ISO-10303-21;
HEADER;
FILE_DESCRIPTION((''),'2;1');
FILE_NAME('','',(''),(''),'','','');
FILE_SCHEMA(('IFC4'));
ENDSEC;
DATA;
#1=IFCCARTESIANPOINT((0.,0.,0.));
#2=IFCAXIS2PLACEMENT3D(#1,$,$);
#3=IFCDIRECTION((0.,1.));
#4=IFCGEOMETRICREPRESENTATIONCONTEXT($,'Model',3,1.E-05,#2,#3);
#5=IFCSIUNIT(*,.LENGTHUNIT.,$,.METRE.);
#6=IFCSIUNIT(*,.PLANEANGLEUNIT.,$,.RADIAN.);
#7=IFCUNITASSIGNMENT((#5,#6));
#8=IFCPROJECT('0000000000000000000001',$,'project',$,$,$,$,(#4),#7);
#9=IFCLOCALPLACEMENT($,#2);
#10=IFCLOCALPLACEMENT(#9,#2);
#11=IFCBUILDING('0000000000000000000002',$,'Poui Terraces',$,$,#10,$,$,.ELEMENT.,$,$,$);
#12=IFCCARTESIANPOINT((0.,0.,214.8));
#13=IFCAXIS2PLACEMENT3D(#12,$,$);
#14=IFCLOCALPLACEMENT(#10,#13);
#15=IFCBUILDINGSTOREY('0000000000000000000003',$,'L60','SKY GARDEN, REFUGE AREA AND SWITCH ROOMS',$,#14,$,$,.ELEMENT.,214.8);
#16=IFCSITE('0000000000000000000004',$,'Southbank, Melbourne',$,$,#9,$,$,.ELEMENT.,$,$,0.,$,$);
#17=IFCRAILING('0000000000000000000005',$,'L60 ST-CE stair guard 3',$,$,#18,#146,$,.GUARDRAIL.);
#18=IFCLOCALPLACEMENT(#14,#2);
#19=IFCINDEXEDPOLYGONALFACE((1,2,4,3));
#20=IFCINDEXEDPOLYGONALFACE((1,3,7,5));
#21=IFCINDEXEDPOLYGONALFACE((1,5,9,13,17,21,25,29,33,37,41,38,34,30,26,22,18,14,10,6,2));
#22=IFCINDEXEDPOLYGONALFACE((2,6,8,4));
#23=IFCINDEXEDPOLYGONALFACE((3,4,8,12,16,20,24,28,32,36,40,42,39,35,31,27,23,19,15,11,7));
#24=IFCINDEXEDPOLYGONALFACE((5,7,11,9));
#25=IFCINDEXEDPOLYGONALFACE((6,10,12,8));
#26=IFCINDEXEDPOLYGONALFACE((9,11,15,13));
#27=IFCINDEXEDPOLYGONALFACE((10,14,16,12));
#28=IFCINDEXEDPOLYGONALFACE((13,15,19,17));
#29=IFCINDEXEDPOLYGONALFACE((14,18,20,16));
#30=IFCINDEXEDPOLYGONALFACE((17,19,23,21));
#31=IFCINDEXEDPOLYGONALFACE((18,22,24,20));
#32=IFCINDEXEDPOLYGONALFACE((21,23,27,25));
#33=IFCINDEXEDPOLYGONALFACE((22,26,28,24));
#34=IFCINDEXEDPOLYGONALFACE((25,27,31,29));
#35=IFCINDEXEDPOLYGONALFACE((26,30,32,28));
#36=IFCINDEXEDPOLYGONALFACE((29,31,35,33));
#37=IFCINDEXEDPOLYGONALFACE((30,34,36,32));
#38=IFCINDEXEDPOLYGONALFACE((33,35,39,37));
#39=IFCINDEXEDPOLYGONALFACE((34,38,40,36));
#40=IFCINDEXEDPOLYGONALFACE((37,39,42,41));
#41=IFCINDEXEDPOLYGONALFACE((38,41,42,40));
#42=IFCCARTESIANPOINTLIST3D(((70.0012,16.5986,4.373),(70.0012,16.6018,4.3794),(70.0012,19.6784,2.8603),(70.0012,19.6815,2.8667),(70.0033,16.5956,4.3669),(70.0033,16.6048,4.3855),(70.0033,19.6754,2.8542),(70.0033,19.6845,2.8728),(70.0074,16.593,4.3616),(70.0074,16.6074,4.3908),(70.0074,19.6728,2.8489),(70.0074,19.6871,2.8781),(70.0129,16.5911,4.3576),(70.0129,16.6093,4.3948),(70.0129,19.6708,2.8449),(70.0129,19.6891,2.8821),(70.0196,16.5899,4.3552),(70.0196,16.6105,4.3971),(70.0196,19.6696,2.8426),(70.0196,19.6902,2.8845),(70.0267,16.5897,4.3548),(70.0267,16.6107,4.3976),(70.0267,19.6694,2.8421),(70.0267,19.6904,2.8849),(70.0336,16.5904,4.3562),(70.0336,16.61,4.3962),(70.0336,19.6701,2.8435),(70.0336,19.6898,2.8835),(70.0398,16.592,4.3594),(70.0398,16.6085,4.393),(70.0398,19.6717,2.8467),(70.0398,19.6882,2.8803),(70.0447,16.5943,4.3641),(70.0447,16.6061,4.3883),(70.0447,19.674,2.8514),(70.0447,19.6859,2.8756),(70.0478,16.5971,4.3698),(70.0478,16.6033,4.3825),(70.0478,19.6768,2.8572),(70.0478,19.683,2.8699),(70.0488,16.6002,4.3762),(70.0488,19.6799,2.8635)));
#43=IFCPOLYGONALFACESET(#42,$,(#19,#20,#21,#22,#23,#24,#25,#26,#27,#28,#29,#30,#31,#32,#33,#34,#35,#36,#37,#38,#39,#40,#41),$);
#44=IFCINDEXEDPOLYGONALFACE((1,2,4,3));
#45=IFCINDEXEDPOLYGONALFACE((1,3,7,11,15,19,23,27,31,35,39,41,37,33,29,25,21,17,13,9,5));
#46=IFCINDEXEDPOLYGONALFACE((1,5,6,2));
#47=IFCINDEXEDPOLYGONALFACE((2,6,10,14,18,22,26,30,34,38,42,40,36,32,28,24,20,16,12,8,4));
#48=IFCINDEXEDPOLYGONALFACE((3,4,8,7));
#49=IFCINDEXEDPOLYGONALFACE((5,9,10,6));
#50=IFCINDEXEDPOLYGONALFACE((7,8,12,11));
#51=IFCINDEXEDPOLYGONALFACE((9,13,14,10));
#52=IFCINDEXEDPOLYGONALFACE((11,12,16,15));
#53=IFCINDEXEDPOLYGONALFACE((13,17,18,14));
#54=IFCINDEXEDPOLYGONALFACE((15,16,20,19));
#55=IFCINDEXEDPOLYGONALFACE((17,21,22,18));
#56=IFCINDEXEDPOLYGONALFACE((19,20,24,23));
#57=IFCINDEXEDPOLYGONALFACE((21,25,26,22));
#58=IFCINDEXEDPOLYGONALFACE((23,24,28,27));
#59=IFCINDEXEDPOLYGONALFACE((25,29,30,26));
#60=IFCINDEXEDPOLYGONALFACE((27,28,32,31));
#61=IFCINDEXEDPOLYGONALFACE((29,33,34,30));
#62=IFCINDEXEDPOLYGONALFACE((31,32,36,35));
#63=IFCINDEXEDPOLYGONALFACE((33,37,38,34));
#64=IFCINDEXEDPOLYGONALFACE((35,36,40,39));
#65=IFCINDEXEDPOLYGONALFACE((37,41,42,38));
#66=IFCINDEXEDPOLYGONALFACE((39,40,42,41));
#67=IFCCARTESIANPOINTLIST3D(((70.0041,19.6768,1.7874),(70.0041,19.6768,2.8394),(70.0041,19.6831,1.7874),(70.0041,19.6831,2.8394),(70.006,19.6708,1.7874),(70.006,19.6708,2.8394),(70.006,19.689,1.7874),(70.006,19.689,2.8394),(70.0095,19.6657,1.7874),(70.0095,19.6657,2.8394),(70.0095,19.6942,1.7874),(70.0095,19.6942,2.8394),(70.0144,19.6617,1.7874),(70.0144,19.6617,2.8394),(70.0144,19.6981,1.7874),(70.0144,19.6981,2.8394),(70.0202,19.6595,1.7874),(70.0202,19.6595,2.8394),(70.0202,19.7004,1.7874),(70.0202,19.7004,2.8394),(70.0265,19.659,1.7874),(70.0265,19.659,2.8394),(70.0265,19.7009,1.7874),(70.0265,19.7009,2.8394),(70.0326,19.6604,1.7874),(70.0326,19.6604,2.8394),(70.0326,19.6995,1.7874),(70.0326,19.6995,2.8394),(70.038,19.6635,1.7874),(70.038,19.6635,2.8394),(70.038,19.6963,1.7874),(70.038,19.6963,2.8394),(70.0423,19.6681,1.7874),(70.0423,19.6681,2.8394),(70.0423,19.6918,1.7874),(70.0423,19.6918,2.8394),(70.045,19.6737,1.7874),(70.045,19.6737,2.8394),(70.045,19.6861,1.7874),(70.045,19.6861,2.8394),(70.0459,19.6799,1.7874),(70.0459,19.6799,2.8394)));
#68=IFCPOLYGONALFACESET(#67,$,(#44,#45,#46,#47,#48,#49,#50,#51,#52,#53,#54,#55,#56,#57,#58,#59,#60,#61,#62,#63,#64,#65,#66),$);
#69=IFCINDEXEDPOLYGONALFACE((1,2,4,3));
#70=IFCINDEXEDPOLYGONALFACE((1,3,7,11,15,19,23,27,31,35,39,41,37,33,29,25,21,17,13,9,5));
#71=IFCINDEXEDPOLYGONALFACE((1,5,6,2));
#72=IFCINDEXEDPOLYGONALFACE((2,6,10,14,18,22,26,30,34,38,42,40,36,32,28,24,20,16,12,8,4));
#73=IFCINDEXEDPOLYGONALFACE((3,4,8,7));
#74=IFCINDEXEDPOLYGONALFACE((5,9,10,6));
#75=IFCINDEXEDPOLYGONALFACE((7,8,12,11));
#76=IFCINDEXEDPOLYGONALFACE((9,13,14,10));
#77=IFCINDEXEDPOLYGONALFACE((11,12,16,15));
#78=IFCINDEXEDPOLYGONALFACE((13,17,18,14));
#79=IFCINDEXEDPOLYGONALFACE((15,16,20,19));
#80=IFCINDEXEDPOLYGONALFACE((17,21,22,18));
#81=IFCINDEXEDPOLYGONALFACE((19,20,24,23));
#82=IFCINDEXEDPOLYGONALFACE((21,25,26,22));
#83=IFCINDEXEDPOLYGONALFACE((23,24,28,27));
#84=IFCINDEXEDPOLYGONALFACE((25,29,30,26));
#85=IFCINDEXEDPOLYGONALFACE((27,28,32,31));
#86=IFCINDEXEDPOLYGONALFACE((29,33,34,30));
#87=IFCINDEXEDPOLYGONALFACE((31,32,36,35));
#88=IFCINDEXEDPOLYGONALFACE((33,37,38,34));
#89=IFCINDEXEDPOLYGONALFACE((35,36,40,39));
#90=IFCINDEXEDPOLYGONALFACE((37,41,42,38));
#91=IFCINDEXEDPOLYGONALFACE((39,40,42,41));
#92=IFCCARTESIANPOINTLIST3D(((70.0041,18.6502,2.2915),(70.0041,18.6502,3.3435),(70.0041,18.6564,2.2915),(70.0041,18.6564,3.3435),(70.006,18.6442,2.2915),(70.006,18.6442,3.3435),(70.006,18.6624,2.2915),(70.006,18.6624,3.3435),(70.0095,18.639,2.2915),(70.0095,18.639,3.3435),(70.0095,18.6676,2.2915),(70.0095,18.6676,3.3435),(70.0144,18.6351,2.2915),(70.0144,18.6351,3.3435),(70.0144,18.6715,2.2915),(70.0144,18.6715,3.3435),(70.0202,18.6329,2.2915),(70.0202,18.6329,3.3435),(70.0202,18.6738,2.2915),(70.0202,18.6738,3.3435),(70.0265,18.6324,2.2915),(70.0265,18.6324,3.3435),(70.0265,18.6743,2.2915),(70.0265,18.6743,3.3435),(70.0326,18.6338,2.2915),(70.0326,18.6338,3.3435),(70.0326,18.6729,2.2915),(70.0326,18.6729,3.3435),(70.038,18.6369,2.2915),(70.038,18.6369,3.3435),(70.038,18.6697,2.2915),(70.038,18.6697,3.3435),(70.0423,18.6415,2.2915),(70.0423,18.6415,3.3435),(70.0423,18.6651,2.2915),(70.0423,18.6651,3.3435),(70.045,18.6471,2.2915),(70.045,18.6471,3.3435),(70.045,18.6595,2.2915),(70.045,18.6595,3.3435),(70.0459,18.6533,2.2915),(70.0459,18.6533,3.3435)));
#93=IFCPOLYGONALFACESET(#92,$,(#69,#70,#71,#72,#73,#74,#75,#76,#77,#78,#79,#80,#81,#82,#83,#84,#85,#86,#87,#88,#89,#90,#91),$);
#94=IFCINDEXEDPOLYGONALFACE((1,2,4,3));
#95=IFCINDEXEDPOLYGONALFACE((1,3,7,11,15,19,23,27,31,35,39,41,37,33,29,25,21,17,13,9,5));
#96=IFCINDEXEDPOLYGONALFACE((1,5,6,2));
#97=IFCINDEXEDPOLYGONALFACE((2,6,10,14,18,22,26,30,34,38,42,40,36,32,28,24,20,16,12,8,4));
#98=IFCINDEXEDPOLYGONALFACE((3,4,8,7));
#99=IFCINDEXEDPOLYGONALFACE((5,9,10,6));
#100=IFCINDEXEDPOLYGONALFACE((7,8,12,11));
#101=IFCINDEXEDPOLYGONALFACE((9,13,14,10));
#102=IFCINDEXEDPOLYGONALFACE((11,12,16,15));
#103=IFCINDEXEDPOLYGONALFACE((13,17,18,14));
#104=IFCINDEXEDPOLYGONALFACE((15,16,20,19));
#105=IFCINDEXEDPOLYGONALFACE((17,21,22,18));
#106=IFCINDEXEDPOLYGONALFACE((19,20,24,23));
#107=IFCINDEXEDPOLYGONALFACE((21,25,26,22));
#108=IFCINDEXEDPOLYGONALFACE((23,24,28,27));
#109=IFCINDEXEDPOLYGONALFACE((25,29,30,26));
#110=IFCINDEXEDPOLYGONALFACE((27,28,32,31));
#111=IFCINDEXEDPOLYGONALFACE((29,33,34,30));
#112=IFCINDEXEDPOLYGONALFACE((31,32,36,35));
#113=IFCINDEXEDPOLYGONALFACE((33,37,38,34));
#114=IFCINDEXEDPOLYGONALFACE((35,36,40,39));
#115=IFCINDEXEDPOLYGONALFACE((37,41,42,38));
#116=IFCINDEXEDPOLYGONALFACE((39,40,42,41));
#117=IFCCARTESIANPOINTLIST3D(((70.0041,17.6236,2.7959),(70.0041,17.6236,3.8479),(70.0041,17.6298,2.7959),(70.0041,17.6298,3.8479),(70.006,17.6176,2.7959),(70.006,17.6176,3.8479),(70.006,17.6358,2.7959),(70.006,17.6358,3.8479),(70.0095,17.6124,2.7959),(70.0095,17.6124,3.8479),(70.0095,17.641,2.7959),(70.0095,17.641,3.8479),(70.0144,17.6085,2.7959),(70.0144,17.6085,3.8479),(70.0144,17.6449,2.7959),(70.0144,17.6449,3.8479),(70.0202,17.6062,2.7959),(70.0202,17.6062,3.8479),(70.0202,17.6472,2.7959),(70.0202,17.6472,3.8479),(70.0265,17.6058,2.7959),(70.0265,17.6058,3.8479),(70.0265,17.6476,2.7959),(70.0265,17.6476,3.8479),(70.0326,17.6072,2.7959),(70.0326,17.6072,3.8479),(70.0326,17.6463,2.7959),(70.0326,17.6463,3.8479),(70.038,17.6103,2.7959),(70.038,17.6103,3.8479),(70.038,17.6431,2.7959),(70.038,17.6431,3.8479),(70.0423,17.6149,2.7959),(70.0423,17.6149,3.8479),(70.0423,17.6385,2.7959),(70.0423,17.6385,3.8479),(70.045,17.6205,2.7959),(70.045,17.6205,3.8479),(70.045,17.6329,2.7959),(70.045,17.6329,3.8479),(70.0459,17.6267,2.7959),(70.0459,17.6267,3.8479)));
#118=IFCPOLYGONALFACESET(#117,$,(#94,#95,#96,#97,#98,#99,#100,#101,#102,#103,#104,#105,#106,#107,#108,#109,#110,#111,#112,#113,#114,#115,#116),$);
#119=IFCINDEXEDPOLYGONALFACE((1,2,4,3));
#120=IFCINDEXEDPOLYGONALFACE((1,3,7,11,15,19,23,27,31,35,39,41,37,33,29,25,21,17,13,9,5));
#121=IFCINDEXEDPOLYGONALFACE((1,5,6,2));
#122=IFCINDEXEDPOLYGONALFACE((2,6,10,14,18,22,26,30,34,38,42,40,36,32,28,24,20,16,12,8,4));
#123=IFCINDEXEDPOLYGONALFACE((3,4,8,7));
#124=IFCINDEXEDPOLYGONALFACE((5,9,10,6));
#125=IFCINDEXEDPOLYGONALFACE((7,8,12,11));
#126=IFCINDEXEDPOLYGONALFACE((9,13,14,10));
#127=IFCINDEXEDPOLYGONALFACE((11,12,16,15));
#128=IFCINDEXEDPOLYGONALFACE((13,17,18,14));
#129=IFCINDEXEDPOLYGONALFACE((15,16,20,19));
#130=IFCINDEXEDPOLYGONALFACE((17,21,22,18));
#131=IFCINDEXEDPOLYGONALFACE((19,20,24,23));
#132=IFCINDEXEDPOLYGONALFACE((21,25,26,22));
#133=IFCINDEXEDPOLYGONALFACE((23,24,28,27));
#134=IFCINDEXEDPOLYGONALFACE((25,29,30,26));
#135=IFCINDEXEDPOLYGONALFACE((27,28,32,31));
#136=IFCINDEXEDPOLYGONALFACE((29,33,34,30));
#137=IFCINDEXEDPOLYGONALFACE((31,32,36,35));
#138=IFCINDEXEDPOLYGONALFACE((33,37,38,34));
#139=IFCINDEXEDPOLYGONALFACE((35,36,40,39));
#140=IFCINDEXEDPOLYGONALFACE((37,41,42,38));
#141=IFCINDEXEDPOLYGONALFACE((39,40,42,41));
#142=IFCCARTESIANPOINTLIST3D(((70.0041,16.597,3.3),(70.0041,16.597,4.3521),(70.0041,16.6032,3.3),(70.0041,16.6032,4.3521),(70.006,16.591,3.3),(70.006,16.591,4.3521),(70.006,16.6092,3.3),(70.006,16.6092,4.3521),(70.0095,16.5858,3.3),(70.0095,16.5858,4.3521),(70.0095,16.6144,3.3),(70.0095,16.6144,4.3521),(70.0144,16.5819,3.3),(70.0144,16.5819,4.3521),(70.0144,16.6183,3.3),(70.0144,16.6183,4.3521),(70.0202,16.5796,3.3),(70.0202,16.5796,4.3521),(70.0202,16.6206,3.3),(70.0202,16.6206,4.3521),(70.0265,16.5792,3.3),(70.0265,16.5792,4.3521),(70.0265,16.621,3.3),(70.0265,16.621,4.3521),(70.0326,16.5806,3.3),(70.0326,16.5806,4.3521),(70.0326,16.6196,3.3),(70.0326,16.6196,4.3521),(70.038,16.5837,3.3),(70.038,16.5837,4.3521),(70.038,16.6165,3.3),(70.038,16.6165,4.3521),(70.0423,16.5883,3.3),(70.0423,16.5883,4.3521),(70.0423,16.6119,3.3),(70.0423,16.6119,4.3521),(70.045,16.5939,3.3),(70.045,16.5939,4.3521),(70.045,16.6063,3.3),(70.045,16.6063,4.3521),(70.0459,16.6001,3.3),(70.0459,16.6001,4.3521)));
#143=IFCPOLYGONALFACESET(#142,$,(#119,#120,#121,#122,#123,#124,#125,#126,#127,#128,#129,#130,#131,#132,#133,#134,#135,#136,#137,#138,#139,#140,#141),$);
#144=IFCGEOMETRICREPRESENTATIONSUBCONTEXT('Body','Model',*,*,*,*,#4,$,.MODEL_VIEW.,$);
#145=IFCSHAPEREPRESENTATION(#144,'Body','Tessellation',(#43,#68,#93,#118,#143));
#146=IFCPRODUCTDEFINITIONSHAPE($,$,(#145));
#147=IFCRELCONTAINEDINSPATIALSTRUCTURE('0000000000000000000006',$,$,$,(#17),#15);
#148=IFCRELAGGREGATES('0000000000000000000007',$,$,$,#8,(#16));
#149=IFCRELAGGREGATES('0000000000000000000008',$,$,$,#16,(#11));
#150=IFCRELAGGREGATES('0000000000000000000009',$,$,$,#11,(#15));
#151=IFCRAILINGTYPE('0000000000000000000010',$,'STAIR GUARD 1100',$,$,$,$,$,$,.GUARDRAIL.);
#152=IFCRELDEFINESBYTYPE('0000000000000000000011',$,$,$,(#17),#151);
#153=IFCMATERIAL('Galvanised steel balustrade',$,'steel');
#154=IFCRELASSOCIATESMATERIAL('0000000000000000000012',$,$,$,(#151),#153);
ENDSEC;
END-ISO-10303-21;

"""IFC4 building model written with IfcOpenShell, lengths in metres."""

from ifc_helpers import new_model, si_unit, direction, frame, origin, origin_2d, place, context, subcontext, project, spatial, circle, extrude, material, type_object, element, save


model = new_model("IFC4")

# Units and contexts
model_context = context("Model", 3, precision=1e-05, world=origin(), true_north=direction((0.0, 1.0)))
body_context = subcontext(model_context, "Body", "Model", "MODEL_VIEW")
ifc_project = project(units=[si_unit("LENGTHUNIT", "METRE"), si_unit("PLANEANGLEUNIT", "RADIAN")], contexts=[model_context])

# Site, building, storey
site_placement = place(None, origin())
site = spatial("IfcSite", under=ifc_project, at=site_placement, Name="Southbank, Melbourne", CompositionType="ELEMENT", RefElevation=0.0)
building_placement = place(site_placement, origin())
building = spatial("IfcBuilding", under=site, at=building_placement, Name="Poui Terraces", CompositionType="ELEMENT")
storey_placement = place(building_placement, frame((0.0, 0.0, 214.8)))
storey = spatial("IfcBuildingStorey", under=building, at=storey_placement, Name="L60", Description="SKY GARDEN, REFUGE AREA AND SWITCH ROOMS", CompositionType="ELEMENT", Elevation=214.8)

# Railing
ifc_material_1 = material(Name="Galvanised steel balustrade", Category="steel")
railing_type_1 = type_object("IfcRailingType", Name="STAIR GUARD 1100", PredefinedType="GUARDRAIL", material=ifc_material_1)
railing_1_placement = place(storey_placement, frame((70.0249, 19.6799, 1.7874)))
element("IfcRailing", 1, at=railing_1_placement, inside=storey, type_object=railing_type_1, Name="L60 ST-CE stair guard 3", PredefinedType="GUARDRAIL", context=body_context, shape_type="SweptSolid", body=[
    extrude(circle(Radius=0.0239, at=origin_2d()), frame((0.0, 0.0, 1.0762), z_axis=(0.0, -0.897578, 0.440856), x_axis=(1.0, 0.0, 0.0)), (0.0, 0.0, 1.0), 3.4312),
    extrude(circle(Radius=0.021, at=origin_2d()), origin(), (0.0, 0.0, 1.0), 1.052),
    extrude(circle(Radius=0.021, at=origin_2d()), frame((0.0, -1.0266, 0.5042)), (0.0, 0.0, 1.0), 1.052),
    extrude(circle(Radius=0.021, at=origin_2d()), frame((0.0, -2.0532, 1.0085)), (0.0, 0.0, 1.0), 1.052),
    extrude(circle(Radius=0.021, at=origin_2d()), frame((0.0, -3.0798, 1.5127)), (0.0, 0.0, 1.0), 1.052),
])

save(model, "model.ifc")
